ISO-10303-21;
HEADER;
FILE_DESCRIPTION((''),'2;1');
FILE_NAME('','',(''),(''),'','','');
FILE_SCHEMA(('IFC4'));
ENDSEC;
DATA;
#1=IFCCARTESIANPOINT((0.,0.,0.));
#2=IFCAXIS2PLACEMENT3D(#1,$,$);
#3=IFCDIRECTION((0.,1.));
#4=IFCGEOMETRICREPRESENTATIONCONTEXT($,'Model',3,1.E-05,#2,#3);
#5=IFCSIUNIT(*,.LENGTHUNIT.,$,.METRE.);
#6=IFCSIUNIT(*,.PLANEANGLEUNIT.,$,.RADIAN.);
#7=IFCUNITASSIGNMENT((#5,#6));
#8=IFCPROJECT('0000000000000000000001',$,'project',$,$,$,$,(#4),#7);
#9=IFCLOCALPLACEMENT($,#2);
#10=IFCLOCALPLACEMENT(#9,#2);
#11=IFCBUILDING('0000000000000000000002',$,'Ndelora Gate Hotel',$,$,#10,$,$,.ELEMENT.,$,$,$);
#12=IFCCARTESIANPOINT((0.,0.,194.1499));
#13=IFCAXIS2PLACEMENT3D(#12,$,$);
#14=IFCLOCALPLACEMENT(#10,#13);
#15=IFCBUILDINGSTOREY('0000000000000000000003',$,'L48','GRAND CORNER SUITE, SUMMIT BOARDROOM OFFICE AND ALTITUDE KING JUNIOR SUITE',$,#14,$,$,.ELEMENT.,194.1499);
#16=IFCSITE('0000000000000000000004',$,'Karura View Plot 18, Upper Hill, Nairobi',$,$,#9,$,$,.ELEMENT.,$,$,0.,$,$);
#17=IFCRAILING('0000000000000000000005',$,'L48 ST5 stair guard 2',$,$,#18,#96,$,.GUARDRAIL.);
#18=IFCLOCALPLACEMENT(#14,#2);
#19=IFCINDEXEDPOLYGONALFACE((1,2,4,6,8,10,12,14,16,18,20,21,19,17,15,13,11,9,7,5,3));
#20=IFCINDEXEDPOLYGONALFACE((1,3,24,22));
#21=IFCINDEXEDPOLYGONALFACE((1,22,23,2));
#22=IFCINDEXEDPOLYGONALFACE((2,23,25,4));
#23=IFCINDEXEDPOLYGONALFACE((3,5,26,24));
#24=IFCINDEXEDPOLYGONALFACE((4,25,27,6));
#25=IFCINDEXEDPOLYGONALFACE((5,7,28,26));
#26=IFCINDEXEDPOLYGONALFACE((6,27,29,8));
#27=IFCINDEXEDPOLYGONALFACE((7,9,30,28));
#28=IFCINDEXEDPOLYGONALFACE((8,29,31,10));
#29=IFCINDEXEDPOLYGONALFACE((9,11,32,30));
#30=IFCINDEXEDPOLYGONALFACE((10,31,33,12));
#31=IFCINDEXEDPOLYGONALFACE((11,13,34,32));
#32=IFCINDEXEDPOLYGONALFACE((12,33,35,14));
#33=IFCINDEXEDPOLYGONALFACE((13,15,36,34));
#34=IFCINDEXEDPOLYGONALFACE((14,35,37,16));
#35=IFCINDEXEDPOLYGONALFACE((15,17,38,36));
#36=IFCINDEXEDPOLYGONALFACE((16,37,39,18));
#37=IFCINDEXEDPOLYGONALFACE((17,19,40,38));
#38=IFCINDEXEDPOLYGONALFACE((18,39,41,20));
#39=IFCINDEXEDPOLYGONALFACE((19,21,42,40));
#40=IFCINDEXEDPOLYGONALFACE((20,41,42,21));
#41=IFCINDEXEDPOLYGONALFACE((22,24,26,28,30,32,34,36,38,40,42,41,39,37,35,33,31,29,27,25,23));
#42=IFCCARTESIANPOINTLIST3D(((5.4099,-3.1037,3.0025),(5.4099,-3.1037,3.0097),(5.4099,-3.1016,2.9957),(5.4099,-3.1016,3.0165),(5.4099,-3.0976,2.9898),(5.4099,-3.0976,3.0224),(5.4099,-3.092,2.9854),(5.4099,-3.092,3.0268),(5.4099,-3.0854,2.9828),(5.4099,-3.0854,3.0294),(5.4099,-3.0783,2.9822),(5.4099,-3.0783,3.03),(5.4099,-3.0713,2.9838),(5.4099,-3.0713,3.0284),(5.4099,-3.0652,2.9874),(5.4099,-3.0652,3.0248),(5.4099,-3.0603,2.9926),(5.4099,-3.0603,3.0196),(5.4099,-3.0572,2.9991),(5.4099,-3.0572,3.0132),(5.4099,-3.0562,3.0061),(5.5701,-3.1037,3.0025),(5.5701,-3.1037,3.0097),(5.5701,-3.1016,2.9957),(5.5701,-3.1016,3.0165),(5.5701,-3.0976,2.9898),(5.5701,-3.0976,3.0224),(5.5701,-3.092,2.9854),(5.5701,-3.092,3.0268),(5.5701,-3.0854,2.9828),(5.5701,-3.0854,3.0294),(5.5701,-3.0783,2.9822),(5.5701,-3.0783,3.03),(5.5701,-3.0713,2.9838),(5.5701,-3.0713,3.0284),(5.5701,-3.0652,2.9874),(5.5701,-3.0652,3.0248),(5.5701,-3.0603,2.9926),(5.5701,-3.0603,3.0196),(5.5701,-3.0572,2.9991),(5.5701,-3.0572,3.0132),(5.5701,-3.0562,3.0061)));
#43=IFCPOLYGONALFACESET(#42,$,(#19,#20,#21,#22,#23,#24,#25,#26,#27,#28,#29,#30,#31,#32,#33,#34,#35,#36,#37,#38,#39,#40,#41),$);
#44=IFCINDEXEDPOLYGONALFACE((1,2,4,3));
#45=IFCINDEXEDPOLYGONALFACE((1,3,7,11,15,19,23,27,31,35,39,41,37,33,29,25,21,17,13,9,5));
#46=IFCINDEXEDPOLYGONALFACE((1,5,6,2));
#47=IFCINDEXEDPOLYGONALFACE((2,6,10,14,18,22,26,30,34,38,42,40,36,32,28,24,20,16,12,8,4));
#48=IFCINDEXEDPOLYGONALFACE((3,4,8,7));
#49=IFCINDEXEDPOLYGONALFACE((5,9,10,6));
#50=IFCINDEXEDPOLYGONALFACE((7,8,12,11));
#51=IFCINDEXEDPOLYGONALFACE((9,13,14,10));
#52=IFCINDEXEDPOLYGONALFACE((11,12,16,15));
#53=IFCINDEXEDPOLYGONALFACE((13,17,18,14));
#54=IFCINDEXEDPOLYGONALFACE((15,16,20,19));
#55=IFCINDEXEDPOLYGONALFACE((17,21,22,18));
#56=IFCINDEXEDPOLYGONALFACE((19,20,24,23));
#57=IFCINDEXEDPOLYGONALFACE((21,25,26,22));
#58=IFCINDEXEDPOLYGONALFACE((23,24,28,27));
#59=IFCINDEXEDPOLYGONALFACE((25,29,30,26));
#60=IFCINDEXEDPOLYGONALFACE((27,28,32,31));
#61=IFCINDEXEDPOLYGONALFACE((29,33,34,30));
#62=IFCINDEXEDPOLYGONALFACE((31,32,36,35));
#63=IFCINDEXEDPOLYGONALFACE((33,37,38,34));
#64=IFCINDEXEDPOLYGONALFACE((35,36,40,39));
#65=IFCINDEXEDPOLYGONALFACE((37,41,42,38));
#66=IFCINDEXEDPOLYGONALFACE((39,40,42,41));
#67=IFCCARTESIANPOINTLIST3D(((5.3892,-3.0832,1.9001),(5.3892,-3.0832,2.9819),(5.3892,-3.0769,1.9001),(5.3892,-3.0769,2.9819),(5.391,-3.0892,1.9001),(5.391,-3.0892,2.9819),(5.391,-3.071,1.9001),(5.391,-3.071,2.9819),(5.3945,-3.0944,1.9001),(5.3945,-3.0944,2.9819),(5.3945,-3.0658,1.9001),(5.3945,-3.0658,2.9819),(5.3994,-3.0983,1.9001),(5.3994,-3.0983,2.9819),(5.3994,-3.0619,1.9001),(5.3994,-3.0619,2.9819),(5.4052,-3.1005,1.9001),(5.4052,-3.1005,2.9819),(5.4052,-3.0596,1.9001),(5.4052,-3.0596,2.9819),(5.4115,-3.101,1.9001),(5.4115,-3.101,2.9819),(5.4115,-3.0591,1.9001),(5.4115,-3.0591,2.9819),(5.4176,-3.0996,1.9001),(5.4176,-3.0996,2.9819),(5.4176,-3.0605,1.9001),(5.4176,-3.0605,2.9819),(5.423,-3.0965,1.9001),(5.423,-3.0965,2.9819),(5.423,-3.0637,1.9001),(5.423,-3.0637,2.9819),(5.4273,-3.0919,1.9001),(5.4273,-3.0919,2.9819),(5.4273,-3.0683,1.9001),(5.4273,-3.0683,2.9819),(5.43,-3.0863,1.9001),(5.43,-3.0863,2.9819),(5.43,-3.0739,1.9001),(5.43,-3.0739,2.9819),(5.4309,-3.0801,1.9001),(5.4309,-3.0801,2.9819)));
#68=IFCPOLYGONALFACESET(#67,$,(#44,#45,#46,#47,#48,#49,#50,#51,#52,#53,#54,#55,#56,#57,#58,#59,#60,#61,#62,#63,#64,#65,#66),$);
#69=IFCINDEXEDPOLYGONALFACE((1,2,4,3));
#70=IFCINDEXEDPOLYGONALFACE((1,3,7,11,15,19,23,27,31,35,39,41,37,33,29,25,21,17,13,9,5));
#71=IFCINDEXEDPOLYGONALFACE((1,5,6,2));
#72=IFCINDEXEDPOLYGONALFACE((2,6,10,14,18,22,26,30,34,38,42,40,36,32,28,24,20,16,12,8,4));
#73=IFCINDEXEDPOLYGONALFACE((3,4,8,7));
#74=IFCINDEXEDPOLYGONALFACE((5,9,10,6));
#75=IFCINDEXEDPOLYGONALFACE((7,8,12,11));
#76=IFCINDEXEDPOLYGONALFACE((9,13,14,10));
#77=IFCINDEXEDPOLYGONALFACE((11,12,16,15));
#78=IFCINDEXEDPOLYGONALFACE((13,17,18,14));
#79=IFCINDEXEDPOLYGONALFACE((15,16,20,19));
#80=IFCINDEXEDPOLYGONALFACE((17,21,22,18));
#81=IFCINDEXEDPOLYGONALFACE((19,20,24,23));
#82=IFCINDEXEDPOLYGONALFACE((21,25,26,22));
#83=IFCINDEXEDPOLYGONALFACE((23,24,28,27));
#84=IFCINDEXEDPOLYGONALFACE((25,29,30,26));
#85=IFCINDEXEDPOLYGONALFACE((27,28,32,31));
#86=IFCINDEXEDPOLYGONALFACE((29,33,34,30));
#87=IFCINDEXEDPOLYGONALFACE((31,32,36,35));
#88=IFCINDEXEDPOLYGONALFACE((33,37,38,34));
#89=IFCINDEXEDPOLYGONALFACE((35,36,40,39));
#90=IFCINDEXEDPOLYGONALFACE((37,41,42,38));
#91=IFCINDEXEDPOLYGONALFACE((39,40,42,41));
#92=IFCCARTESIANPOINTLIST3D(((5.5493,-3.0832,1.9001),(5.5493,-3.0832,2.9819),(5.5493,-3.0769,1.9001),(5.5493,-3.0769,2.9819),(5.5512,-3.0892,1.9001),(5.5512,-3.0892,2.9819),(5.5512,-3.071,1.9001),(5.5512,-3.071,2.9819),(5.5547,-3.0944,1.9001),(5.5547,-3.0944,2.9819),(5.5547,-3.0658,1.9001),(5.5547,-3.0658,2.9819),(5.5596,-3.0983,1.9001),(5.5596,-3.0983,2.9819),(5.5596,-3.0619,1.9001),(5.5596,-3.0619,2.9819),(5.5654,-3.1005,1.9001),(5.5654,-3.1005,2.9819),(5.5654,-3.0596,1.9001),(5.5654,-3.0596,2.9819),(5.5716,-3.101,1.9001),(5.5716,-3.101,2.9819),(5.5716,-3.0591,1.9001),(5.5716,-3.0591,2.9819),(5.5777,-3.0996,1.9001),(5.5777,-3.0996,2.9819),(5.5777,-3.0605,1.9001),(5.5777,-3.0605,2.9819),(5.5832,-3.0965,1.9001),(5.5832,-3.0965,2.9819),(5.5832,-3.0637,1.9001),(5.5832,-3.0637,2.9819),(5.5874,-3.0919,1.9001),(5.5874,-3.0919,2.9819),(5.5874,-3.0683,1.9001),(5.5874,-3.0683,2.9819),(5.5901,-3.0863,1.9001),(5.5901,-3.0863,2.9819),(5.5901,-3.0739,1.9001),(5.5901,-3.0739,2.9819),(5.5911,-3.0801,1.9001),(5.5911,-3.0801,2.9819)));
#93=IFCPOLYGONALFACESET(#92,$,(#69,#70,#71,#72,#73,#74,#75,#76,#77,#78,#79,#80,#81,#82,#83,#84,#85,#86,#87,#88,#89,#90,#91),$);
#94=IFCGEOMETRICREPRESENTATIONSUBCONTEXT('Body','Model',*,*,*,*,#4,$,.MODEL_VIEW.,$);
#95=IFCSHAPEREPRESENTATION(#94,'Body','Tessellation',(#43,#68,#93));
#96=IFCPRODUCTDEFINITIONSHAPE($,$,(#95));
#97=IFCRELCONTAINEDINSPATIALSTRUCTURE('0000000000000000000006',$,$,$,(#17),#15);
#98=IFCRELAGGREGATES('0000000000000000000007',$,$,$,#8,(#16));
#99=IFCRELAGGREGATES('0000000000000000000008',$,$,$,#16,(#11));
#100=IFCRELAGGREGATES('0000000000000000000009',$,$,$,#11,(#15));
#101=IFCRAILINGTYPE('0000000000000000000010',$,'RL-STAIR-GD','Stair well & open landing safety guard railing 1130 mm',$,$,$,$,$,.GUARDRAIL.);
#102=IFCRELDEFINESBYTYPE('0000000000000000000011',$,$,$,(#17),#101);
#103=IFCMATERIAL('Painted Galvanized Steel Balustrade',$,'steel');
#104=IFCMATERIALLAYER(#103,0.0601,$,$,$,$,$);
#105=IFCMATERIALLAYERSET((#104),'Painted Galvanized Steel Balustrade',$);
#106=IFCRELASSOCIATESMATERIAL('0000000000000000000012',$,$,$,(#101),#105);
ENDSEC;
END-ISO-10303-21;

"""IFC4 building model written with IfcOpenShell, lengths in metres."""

from ifc_helpers import new_model, si_unit, direction, frame, origin, origin_2d, place, context, subcontext, project, spatial, circle, extrude, material, layer, layer_set, type_object, element, save


model = new_model("IFC4")

# Units and contexts
model_context = context("Model", 3, precision=1e-05, world=origin(), true_north=direction((0.0, 1.0)))
body_context = subcontext(model_context, "Body", "Model", "MODEL_VIEW")
ifc_project = project(units=[si_unit("LENGTHUNIT", "METRE"), si_unit("PLANEANGLEUNIT", "RADIAN")], contexts=[model_context])

# Site, building, storey
site_placement = place(None, origin())
site = spatial("IfcSite", under=ifc_project, at=site_placement, Name="Karura View Plot 18, Upper Hill, Nairobi", CompositionType="ELEMENT", RefElevation=0.0)
building_placement = place(site_placement, origin())
building = spatial("IfcBuilding", under=site, at=building_placement, Name="Ndelora Gate Hotel", CompositionType="ELEMENT")
storey_placement = place(building_placement, frame((0.0, 0.0, 194.1499)))
storey = spatial("IfcBuildingStorey", under=building, at=storey_placement, Name="L48", Description="GRAND CORNER SUITE, SUMMIT BOARDROOM OFFICE AND ALTITUDE KING JUNIOR SUITE", CompositionType="ELEMENT", Elevation=194.1499)

# Railing
ifc_material_1 = material(Name="Painted Galvanized Steel Balustrade", Category="steel")
ifc_layer_1 = layer(ifc_material_1, 0.0601)
ifc_layer_set_1 = layer_set([ifc_layer_1], Name="Painted Galvanized Steel Balustrade")
railing_type_1 = type_object("IfcRailingType", Name="RL-STAIR-GD", Description="Stair well & open landing safety guard railing 1130 mm", PredefinedType="GUARDRAIL", material=ifc_layer_set_1)
railing_1_placement = place(storey_placement, frame((5.4099, -3.0801, 1.9001)))
element("IfcRailing", 1, at=railing_1_placement, inside=storey, type_object=railing_type_1, Name="L48 ST5 stair guard 2", PredefinedType="GUARDRAIL", context=body_context, shape_type="SweptSolid", body=[
    extrude(circle(Radius=0.0239, at=origin_2d()), frame((0.0, 0.0, 1.106), z_axis=(1.0, 0.0, 0.0), x_axis=(0.0, 1.0, 0.0)), (0.0, 0.0, 1.0), 0.1602),
    extrude(circle(Radius=0.021, at=origin_2d()), origin(), (0.0, 0.0, 1.0), 1.0818),
    extrude(circle(Radius=0.021, at=origin_2d()), frame((0.1602, 0.0, 0.0)), (0.0, 0.0, 1.0), 1.0818),
])

save(model, "model.ifc")
